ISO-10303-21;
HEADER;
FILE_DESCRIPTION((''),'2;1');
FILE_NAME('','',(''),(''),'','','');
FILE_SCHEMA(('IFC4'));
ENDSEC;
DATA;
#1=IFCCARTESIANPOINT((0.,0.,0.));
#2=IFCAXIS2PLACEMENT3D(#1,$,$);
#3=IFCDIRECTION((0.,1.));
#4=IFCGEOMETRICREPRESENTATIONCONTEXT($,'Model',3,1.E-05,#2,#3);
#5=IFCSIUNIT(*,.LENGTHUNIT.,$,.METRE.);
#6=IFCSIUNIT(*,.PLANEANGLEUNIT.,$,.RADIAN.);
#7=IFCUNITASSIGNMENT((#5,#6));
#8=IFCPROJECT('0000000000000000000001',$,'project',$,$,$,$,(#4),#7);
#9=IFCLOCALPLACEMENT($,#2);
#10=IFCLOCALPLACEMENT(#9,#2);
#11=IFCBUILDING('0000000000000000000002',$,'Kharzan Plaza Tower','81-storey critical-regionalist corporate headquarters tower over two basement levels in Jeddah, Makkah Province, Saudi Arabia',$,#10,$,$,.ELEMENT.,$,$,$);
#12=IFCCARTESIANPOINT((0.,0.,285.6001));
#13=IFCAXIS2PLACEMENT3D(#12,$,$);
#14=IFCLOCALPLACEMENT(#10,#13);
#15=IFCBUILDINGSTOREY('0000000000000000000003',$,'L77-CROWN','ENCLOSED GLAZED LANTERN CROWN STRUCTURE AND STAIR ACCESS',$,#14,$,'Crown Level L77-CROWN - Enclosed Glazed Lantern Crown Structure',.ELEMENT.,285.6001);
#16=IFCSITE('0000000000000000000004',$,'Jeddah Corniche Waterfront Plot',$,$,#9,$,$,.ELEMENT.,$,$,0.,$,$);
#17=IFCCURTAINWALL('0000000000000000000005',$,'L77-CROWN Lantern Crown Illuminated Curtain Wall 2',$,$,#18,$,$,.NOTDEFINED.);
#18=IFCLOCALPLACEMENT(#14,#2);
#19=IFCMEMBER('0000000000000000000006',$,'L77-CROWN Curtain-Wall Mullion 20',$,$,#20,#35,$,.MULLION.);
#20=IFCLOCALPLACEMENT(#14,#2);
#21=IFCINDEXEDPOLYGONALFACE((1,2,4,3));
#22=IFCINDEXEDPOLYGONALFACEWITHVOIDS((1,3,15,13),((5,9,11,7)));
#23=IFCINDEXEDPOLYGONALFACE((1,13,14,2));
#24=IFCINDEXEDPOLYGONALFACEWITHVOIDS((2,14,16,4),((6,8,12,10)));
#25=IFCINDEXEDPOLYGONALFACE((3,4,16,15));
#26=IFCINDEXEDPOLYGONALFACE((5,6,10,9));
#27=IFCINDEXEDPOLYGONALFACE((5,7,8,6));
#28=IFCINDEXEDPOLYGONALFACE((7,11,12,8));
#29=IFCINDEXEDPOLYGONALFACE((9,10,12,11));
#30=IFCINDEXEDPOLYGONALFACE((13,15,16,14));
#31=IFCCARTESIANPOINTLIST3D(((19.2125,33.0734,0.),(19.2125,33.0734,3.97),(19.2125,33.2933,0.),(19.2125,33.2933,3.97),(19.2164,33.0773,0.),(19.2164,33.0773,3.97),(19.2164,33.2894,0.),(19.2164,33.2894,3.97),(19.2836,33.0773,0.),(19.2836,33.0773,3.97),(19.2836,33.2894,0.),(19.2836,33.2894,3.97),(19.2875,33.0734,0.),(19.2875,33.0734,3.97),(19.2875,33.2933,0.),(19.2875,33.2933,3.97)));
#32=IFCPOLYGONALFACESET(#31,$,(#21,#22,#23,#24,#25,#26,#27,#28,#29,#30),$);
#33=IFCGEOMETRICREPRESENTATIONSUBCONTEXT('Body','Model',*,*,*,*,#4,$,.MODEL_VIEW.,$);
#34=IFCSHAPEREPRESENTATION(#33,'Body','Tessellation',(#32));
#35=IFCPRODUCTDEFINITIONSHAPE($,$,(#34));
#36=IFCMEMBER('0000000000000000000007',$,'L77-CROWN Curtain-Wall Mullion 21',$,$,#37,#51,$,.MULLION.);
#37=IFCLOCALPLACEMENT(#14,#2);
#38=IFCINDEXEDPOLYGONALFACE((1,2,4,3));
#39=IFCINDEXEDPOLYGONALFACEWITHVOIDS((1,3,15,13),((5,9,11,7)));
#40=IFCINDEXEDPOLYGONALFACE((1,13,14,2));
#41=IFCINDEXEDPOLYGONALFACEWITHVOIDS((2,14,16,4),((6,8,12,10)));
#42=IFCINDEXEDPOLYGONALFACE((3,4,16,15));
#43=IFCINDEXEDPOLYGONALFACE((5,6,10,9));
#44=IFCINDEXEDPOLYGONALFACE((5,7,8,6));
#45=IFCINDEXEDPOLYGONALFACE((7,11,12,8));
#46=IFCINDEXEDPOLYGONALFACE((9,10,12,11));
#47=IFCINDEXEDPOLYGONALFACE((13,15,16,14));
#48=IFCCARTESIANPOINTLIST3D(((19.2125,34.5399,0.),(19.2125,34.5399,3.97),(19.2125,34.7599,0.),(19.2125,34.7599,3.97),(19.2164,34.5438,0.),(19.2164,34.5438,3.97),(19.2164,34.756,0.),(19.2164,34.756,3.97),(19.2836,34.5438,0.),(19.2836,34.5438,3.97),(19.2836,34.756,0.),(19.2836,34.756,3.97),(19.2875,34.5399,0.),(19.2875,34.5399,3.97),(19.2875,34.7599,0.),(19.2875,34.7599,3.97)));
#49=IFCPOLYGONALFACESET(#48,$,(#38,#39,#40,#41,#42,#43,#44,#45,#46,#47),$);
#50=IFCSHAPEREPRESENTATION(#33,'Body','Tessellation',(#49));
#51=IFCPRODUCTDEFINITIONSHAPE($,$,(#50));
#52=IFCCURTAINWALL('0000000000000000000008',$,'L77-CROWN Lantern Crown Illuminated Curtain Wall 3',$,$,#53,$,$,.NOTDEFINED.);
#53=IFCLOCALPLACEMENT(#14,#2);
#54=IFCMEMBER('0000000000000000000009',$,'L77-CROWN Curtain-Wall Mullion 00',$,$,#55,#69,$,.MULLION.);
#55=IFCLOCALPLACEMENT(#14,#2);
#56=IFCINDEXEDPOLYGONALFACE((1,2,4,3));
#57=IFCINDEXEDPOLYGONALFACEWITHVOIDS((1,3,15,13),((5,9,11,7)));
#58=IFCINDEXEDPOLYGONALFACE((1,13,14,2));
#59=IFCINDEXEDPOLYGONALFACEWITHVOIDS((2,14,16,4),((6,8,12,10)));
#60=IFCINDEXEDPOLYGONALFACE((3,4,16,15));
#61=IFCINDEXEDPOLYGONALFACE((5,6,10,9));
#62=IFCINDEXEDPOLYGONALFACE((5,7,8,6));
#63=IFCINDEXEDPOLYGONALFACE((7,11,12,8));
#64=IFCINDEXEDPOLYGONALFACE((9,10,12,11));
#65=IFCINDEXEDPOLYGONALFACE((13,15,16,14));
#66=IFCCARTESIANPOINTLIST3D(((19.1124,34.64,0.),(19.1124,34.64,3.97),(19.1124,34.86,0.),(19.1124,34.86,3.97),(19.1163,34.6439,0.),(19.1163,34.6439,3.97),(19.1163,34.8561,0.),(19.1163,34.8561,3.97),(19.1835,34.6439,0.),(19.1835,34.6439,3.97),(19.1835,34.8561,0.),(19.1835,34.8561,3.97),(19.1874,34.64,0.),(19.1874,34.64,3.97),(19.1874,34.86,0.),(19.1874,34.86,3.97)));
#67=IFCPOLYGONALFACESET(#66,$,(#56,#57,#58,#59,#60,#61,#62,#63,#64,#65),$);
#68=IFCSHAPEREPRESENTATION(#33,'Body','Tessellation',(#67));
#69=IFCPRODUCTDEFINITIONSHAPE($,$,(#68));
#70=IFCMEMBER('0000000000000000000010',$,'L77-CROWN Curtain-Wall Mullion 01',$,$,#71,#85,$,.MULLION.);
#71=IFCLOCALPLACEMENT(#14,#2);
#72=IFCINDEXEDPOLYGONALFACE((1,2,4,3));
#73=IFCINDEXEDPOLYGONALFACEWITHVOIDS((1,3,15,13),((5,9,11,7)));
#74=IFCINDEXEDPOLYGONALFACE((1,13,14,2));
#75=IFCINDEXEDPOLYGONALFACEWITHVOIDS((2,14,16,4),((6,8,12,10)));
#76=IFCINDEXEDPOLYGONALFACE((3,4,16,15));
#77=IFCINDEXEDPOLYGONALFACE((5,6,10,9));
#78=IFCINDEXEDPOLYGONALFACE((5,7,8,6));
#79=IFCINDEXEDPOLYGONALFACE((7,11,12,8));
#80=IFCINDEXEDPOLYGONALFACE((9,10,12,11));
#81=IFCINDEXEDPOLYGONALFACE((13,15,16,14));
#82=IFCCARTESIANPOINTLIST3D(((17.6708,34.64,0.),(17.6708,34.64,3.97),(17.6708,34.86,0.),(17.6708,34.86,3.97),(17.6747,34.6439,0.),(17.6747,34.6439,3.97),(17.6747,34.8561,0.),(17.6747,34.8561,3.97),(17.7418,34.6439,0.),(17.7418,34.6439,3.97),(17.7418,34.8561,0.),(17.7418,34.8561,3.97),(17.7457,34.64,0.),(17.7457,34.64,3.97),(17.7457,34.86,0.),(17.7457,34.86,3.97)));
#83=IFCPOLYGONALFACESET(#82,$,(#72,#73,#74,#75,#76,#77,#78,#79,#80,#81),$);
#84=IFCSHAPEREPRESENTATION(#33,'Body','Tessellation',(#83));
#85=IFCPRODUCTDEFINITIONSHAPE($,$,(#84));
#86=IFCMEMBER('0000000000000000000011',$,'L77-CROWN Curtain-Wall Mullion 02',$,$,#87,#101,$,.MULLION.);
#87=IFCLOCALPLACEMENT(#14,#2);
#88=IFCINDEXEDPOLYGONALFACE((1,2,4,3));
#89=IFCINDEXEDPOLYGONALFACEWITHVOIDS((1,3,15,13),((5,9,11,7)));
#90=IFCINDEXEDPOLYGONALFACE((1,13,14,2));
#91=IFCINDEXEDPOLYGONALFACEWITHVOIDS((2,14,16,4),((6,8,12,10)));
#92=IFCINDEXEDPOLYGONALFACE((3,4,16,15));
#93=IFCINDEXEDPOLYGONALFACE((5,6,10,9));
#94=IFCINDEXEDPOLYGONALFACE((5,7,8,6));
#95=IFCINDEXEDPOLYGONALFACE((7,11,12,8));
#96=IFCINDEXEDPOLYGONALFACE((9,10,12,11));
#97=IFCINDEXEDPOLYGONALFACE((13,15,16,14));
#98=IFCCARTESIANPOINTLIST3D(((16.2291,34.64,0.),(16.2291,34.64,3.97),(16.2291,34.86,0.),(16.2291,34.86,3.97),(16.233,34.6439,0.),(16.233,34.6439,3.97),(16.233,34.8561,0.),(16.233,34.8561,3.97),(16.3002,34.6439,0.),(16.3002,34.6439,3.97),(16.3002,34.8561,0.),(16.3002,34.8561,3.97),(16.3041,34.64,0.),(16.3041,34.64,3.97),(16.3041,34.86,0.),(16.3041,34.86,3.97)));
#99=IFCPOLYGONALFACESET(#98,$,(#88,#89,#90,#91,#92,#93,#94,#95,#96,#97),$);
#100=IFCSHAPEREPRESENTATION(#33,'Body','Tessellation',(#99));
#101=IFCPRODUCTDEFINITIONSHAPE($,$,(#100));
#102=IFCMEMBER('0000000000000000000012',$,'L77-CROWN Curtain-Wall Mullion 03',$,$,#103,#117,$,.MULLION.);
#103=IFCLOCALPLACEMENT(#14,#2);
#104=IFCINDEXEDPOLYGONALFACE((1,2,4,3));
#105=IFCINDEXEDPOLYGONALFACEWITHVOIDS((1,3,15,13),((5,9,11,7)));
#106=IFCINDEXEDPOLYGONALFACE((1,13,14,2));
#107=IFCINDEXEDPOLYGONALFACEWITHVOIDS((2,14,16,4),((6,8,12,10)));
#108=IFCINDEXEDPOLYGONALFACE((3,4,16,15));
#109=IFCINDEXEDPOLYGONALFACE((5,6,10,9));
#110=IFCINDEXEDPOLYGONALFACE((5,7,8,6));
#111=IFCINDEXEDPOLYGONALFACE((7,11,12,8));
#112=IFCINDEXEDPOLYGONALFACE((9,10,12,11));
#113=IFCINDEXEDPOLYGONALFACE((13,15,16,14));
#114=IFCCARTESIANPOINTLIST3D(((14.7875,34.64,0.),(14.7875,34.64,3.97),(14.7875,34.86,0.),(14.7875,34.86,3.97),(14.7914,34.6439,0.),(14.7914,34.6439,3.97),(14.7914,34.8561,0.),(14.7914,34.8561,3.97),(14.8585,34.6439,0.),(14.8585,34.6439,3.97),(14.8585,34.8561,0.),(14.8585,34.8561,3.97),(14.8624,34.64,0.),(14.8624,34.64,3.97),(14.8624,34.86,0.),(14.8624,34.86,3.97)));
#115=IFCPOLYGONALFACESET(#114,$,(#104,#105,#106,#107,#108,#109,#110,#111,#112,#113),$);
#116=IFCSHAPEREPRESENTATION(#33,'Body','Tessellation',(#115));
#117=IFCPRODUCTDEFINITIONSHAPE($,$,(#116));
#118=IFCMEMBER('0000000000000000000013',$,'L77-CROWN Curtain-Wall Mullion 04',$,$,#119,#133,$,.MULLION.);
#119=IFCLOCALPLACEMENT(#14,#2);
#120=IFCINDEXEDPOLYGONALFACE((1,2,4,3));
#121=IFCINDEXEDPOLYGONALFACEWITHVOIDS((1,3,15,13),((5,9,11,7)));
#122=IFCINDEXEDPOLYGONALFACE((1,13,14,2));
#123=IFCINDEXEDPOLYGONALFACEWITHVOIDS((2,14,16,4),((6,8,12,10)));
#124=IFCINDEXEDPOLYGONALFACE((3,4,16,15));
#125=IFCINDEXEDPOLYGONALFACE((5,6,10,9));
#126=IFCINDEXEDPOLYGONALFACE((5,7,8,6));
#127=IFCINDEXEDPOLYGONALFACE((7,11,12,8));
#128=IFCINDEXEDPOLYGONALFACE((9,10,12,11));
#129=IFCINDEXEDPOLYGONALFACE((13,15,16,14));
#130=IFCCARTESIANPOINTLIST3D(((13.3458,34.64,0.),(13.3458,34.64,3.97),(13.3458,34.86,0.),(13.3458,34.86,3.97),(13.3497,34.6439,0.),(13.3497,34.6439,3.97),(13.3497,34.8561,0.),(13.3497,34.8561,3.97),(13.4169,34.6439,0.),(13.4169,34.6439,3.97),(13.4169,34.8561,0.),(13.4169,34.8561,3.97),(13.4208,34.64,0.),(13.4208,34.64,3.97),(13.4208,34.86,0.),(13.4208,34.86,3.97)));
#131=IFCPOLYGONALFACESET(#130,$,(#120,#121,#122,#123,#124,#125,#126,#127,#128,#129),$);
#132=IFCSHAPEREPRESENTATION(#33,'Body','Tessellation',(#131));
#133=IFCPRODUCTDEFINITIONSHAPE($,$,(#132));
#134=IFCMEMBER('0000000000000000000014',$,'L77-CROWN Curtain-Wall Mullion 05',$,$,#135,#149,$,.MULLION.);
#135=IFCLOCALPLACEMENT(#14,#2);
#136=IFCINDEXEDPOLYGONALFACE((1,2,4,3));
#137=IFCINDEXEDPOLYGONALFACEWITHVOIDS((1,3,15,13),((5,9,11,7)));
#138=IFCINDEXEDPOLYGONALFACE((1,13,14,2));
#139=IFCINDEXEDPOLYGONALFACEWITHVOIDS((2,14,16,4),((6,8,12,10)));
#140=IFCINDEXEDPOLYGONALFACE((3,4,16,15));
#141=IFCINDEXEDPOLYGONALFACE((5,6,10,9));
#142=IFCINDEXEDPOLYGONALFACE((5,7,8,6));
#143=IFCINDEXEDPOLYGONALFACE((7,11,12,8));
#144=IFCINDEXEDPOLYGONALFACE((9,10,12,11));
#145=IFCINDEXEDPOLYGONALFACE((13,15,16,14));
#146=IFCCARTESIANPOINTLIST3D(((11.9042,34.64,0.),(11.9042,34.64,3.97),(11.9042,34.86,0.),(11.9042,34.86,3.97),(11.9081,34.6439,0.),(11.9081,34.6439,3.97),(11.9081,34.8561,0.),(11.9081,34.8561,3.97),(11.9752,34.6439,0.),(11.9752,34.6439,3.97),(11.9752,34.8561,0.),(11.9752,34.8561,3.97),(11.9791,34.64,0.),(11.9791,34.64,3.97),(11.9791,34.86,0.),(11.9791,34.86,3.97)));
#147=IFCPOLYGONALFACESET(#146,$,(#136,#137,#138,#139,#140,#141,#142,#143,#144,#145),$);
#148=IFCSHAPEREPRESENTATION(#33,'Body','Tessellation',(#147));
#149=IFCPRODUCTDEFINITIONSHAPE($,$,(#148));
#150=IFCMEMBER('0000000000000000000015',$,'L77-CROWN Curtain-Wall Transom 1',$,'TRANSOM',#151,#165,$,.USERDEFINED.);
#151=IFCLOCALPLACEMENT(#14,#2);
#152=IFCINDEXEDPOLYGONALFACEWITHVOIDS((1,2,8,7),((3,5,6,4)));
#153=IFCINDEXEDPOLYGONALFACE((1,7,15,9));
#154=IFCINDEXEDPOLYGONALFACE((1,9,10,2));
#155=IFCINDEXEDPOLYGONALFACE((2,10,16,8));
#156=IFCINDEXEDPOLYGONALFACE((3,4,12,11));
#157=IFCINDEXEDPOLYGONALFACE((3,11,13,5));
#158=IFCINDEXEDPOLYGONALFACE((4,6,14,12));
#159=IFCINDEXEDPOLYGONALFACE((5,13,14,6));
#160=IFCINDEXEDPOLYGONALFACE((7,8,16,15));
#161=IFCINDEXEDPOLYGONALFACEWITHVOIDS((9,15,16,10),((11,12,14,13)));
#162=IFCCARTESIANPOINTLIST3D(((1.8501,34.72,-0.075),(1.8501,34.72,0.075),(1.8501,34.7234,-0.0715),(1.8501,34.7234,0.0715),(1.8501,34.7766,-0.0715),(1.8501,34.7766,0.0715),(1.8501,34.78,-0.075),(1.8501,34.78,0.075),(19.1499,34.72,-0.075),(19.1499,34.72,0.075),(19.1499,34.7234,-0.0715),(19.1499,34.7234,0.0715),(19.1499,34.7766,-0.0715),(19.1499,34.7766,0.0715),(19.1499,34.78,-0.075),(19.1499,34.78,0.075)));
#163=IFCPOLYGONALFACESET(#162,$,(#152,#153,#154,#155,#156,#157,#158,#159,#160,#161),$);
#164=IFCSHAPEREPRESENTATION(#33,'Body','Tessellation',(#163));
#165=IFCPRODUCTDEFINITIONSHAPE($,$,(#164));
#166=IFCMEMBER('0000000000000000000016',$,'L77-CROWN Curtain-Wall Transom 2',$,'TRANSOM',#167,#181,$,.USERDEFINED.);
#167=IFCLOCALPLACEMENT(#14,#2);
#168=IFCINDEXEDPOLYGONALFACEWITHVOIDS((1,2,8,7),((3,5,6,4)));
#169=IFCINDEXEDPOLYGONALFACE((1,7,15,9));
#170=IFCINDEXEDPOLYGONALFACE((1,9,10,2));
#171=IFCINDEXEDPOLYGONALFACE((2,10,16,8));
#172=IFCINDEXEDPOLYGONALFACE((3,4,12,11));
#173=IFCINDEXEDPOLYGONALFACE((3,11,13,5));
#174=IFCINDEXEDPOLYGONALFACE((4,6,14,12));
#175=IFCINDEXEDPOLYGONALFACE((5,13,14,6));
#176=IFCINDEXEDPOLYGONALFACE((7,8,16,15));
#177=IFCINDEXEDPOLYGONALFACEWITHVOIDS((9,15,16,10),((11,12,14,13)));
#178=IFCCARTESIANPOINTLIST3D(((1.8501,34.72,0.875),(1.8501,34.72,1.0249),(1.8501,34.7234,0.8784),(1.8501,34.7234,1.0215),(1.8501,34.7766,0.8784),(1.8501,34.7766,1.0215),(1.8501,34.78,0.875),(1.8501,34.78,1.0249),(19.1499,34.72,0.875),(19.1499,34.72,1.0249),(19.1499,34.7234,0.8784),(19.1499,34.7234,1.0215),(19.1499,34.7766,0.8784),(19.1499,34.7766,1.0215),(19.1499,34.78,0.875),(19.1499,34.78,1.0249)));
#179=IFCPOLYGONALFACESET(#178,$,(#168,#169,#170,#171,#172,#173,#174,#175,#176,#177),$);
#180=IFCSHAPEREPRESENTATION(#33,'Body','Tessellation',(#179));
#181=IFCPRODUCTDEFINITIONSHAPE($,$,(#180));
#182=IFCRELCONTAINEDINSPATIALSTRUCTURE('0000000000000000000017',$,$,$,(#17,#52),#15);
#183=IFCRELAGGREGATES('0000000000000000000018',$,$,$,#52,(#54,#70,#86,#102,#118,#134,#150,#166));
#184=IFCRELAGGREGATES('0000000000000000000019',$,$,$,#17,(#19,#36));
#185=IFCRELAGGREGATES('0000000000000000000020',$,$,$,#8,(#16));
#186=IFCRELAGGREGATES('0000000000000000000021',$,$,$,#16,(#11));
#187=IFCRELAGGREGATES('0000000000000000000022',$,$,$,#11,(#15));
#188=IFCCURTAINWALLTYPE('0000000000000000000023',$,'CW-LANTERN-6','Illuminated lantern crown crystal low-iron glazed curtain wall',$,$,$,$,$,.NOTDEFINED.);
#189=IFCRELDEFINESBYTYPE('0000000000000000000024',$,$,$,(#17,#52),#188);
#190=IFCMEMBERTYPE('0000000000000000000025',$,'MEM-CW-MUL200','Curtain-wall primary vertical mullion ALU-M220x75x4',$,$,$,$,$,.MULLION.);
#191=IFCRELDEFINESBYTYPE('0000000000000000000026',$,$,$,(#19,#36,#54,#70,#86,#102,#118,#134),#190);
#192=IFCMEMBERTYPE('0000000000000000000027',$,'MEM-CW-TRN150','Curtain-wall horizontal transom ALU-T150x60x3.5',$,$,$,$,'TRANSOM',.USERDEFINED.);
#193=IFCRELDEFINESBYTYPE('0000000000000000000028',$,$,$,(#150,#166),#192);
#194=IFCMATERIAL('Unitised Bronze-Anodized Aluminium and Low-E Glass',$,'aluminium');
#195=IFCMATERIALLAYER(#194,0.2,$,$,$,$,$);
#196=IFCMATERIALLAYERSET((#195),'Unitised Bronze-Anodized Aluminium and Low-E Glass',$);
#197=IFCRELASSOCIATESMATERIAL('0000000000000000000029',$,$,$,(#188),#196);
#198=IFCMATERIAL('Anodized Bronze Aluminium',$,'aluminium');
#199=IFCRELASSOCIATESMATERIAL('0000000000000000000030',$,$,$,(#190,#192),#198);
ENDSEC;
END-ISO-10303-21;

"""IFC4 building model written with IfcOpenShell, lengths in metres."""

from ifc_helpers import new_model, si_unit, direction, frame, origin, origin_2d, place, context, subcontext, project, spatial, hollow_rectangle, extrude, source, transform, mapped, material, layer, layer_set, material_profile, profile_set, type_object, element, aggregate, save


model = new_model("IFC4")

# Units and contexts
model_context = context("Model", 3, precision=1e-05, world=origin(), true_north=direction((0.0, 1.0)))
body_context = subcontext(model_context, "Body", "Model", "MODEL_VIEW")
ifc_project = project(units=[si_unit("LENGTHUNIT", "METRE"), si_unit("PLANEANGLEUNIT", "RADIAN")], contexts=[model_context])

# Site, building, storey
site_placement = place(None, origin())
site = spatial("IfcSite", under=ifc_project, at=site_placement, Name="Jeddah Corniche Waterfront Plot", CompositionType="ELEMENT", RefElevation=0.0)
building_placement = place(site_placement, origin())
building = spatial("IfcBuilding", under=site, at=building_placement, Name="Kharzan Plaza Tower", Description="81-storey critical-regionalist corporate headquarters tower over two basement levels in Jeddah, Makkah Province, Saudi Arabia", CompositionType="ELEMENT")
storey_placement = place(building_placement, frame((0.0, 0.0, 285.6001)))
storey = spatial("IfcBuildingStorey", under=building, at=storey_placement, Name="L77-CROWN", Description="ENCLOSED GLAZED LANTERN CROWN STRUCTURE AND STAIR ACCESS", LongName="Crown Level L77-CROWN - Enclosed Glazed Lantern Crown Structure", CompositionType="ELEMENT", Elevation=285.6001)

# Curtain wall, members
ifc_material_1 = material(Name="Unitised Bronze-Anodized Aluminium and Low-E Glass", Category="aluminium")
ifc_layer_1 = layer(ifc_material_1, 0.2)
ifc_layer_set_1 = layer_set([ifc_layer_1], Name="Unitised Bronze-Anodized Aluminium and Low-E Glass")
curtain_wall_type = type_object("IfcCurtainWallType", Name="CW-LANTERN-6", Description="Illuminated lantern crown crystal low-iron glazed curtain wall", PredefinedType="NOTDEFINED", material=ifc_layer_set_1)
curtain_wall_1_placement = place(storey_placement, origin())
curtain_wall_1 = element("IfcCurtainWall", 1, at=curtain_wall_1_placement, inside=storey, type_object=curtain_wall_type, Name="L77-CROWN Lantern Crown Illuminated Curtain Wall 2", PredefinedType="NOTDEFINED")
ifc_material_2 = material(Name="Anodized Bronze Aluminium", Category="aluminium")
ifc_material_profile_1 = material_profile(ifc_material_2, hollow_rectangle(XDim=0.075, YDim=0.22, WallThickness=0.0039, at=origin_2d()), Name="ALU-M220x75x4")
ifc_profile_set_1 = profile_set([ifc_material_profile_1], Name="Anodized Bronze Aluminium")
member_type_1 = type_object("IfcMemberType", Name="MEM-CW-MUL200", Description="Curtain-wall primary vertical mullion ALU-M220x75x4", PredefinedType="MULLION", material=ifc_profile_set_1)
shared_shape_1 = source(origin(), body_context, "Body", "SweptSolid", [
    extrude(hollow_rectangle(XDim=0.075, YDim=0.22, WallThickness=0.0039, at=origin_2d()), origin(), (0.0, 0.0, 1.0), 3.97),
])
member_1_placement = place(storey_placement, frame((19.25, 33.1833, 0.0), z_axis=(0.0, 0.0, 1.0), x_axis=(1.0, 0.0, 0.0)))
member_1 = element("IfcMember", 2, at=member_1_placement, type_object=member_type_1, Name="L77-CROWN Curtain-Wall Mullion 20", PredefinedType="MULLION", context=body_context, shape_type="MappedRepresentation", body=[
    mapped(shared_shape_1, transform((0.0, 0.0, 0.0), x_axis=(1.0, 0.0, 0.0), y_axis=(0.0, 1.0, 0.0), z_axis=(0.0, 0.0, 1.0))),
])
member_2_placement = place(storey_placement, frame((19.25, 34.6499, 0.0), z_axis=(0.0, 0.0, 1.0), x_axis=(1.0, 0.0, 0.0)))
member_2 = element("IfcMember", 3, at=member_2_placement, type_object=member_type_1, Name="L77-CROWN Curtain-Wall Mullion 21", PredefinedType="MULLION", context=body_context, shape_type="MappedRepresentation", body=[
    mapped(shared_shape_1, transform((0.0, 0.0, 0.0), x_axis=(1.0, 0.0, 0.0), y_axis=(0.0, 1.0, 0.0), z_axis=(0.0, 0.0, 1.0))),
])

# Curtain wall, members
curtain_wall_2_placement = place(storey_placement, origin())
curtain_wall_2 = element("IfcCurtainWall", 4, at=curtain_wall_2_placement, inside=storey, type_object=curtain_wall_type, Name="L77-CROWN Lantern Crown Illuminated Curtain Wall 3", PredefinedType="NOTDEFINED")
member_3_placement = place(storey_placement, frame((19.1499, 34.75, 0.0), z_axis=(0.0, 0.0, 1.0), x_axis=(1.0, 0.0, 0.0)))
member_3 = element("IfcMember", 5, at=member_3_placement, type_object=member_type_1, Name="L77-CROWN Curtain-Wall Mullion 00", PredefinedType="MULLION", context=body_context, shape_type="MappedRepresentation", body=[
    mapped(shared_shape_1, transform((0.0, 0.0, 0.0), x_axis=(1.0, 0.0, 0.0), y_axis=(0.0, 1.0, 0.0), z_axis=(0.0, 0.0, 1.0))),
])
member_4_placement = place(storey_placement, frame((17.7083, 34.75, 0.0), z_axis=(0.0, 0.0, 1.0), x_axis=(1.0, 0.0, 0.0)))
member_4 = element("IfcMember", 6, at=member_4_placement, type_object=member_type_1, Name="L77-CROWN Curtain-Wall Mullion 01", PredefinedType="MULLION", context=body_context, shape_type="MappedRepresentation", body=[
    mapped(shared_shape_1, transform((0.0, 0.0, 0.0), x_axis=(1.0, 0.0, 0.0), y_axis=(0.0, 1.0, 0.0), z_axis=(0.0, 0.0, 1.0))),
])
member_5_placement = place(storey_placement, frame((16.2666, 34.75, 0.0), z_axis=(0.0, 0.0, 1.0), x_axis=(1.0, 0.0, 0.0)))
member_5 = element("IfcMember", 7, at=member_5_placement, type_object=member_type_1, Name="L77-CROWN Curtain-Wall Mullion 02", PredefinedType="MULLION", context=body_context, shape_type="MappedRepresentation", body=[
    mapped(shared_shape_1, transform((0.0, 0.0, 0.0), x_axis=(1.0, 0.0, 0.0), y_axis=(0.0, 1.0, 0.0), z_axis=(0.0, 0.0, 1.0))),
])
member_6_placement = place(storey_placement, frame((14.825, 34.75, 0.0), z_axis=(0.0, 0.0, 1.0), x_axis=(1.0, 0.0, 0.0)))
member_6 = element("IfcMember", 8, at=member_6_placement, type_object=member_type_1, Name="L77-CROWN Curtain-Wall Mullion 03", PredefinedType="MULLION", context=body_context, shape_type="MappedRepresentation", body=[
    mapped(shared_shape_1, transform((0.0, 0.0, 0.0), x_axis=(1.0, 0.0, 0.0), y_axis=(0.0, 1.0, 0.0), z_axis=(0.0, 0.0, 1.0))),
])
member_7_placement = place(storey_placement, frame((13.3833, 34.75, 0.0), z_axis=(0.0, 0.0, 1.0), x_axis=(1.0, 0.0, 0.0)))
member_7 = element("IfcMember", 9, at=member_7_placement, type_object=member_type_1, Name="L77-CROWN Curtain-Wall Mullion 04", PredefinedType="MULLION", context=body_context, shape_type="MappedRepresentation", body=[
    mapped(shared_shape_1, transform((0.0, 0.0, 0.0), x_axis=(1.0, 0.0, 0.0), y_axis=(0.0, 1.0, 0.0), z_axis=(0.0, 0.0, 1.0))),
])
member_8_placement = place(storey_placement, frame((11.9417, 34.75, 0.0), z_axis=(0.0, 0.0, 1.0), x_axis=(1.0, 0.0, 0.0)))
member_8 = element("IfcMember", 10, at=member_8_placement, type_object=member_type_1, Name="L77-CROWN Curtain-Wall Mullion 05", PredefinedType="MULLION", context=body_context, shape_type="MappedRepresentation", body=[
    mapped(shared_shape_1, transform((0.0, 0.0, 0.0), x_axis=(1.0, 0.0, 0.0), y_axis=(0.0, 1.0, 0.0), z_axis=(0.0, 0.0, 1.0))),
])
ifc_material_profile_2 = material_profile(ifc_material_2, hollow_rectangle(XDim=0.0601, YDim=0.1499, WallThickness=0.0034, at=origin_2d()), Name="ALU-T150x60x3.5")
ifc_profile_set_2 = profile_set([ifc_material_profile_2], Name="Anodized Bronze Aluminium")
member_type_2 = type_object("IfcMemberType", Name="MEM-CW-TRN150", Description="Curtain-wall horizontal transom ALU-T150x60x3.5", ElementType="TRANSOM", PredefinedType="USERDEFINED", material=ifc_profile_set_2)
shared_shape_2 = source(origin(), body_context, "Body", "SweptSolid", [
    extrude(hollow_rectangle(XDim=0.0601, YDim=0.1499, WallThickness=0.0034, at=origin_2d()), origin(), (0.0, 0.0, 1.0), 17.2998),
])
member_9_placement = place(storey_placement, frame((19.1499, 34.75, 0.0), z_axis=(-1.0, 0.0, 0.0), x_axis=(0.0, -1.0, 0.0)))
member_9 = element("IfcMember", 11, at=member_9_placement, type_object=member_type_2, Name="L77-CROWN Curtain-Wall Transom 1", ObjectType="TRANSOM", PredefinedType="USERDEFINED", context=body_context, shape_type="MappedRepresentation", body=[
    mapped(shared_shape_2, transform((0.0, 0.0, 0.0), x_axis=(1.0, 0.0, 0.0), y_axis=(0.0, 1.0, 0.0), z_axis=(0.0, 0.0, 1.0))),
])
member_10_placement = place(storey_placement, frame((19.1499, 34.75, 0.95), z_axis=(-1.0, 0.0, 0.0), x_axis=(0.0, -1.0, 0.0)))
member_10 = element("IfcMember", 12, at=member_10_placement, type_object=member_type_2, Name="L77-CROWN Curtain-Wall Transom 2", ObjectType="TRANSOM", PredefinedType="USERDEFINED", context=body_context, shape_type="MappedRepresentation", body=[
    mapped(shared_shape_2, transform((0.0, 0.0, 0.0), x_axis=(1.0, 0.0, 0.0), y_axis=(0.0, 1.0, 0.0), z_axis=(0.0, 0.0, 1.0))),
])
aggregate(curtain_wall_2, [member_3, member_4, member_5, member_6, member_7, member_8, member_9, member_10])

aggregate(curtain_wall_1, [member_1, member_2])

save(model, "model.ifc")
